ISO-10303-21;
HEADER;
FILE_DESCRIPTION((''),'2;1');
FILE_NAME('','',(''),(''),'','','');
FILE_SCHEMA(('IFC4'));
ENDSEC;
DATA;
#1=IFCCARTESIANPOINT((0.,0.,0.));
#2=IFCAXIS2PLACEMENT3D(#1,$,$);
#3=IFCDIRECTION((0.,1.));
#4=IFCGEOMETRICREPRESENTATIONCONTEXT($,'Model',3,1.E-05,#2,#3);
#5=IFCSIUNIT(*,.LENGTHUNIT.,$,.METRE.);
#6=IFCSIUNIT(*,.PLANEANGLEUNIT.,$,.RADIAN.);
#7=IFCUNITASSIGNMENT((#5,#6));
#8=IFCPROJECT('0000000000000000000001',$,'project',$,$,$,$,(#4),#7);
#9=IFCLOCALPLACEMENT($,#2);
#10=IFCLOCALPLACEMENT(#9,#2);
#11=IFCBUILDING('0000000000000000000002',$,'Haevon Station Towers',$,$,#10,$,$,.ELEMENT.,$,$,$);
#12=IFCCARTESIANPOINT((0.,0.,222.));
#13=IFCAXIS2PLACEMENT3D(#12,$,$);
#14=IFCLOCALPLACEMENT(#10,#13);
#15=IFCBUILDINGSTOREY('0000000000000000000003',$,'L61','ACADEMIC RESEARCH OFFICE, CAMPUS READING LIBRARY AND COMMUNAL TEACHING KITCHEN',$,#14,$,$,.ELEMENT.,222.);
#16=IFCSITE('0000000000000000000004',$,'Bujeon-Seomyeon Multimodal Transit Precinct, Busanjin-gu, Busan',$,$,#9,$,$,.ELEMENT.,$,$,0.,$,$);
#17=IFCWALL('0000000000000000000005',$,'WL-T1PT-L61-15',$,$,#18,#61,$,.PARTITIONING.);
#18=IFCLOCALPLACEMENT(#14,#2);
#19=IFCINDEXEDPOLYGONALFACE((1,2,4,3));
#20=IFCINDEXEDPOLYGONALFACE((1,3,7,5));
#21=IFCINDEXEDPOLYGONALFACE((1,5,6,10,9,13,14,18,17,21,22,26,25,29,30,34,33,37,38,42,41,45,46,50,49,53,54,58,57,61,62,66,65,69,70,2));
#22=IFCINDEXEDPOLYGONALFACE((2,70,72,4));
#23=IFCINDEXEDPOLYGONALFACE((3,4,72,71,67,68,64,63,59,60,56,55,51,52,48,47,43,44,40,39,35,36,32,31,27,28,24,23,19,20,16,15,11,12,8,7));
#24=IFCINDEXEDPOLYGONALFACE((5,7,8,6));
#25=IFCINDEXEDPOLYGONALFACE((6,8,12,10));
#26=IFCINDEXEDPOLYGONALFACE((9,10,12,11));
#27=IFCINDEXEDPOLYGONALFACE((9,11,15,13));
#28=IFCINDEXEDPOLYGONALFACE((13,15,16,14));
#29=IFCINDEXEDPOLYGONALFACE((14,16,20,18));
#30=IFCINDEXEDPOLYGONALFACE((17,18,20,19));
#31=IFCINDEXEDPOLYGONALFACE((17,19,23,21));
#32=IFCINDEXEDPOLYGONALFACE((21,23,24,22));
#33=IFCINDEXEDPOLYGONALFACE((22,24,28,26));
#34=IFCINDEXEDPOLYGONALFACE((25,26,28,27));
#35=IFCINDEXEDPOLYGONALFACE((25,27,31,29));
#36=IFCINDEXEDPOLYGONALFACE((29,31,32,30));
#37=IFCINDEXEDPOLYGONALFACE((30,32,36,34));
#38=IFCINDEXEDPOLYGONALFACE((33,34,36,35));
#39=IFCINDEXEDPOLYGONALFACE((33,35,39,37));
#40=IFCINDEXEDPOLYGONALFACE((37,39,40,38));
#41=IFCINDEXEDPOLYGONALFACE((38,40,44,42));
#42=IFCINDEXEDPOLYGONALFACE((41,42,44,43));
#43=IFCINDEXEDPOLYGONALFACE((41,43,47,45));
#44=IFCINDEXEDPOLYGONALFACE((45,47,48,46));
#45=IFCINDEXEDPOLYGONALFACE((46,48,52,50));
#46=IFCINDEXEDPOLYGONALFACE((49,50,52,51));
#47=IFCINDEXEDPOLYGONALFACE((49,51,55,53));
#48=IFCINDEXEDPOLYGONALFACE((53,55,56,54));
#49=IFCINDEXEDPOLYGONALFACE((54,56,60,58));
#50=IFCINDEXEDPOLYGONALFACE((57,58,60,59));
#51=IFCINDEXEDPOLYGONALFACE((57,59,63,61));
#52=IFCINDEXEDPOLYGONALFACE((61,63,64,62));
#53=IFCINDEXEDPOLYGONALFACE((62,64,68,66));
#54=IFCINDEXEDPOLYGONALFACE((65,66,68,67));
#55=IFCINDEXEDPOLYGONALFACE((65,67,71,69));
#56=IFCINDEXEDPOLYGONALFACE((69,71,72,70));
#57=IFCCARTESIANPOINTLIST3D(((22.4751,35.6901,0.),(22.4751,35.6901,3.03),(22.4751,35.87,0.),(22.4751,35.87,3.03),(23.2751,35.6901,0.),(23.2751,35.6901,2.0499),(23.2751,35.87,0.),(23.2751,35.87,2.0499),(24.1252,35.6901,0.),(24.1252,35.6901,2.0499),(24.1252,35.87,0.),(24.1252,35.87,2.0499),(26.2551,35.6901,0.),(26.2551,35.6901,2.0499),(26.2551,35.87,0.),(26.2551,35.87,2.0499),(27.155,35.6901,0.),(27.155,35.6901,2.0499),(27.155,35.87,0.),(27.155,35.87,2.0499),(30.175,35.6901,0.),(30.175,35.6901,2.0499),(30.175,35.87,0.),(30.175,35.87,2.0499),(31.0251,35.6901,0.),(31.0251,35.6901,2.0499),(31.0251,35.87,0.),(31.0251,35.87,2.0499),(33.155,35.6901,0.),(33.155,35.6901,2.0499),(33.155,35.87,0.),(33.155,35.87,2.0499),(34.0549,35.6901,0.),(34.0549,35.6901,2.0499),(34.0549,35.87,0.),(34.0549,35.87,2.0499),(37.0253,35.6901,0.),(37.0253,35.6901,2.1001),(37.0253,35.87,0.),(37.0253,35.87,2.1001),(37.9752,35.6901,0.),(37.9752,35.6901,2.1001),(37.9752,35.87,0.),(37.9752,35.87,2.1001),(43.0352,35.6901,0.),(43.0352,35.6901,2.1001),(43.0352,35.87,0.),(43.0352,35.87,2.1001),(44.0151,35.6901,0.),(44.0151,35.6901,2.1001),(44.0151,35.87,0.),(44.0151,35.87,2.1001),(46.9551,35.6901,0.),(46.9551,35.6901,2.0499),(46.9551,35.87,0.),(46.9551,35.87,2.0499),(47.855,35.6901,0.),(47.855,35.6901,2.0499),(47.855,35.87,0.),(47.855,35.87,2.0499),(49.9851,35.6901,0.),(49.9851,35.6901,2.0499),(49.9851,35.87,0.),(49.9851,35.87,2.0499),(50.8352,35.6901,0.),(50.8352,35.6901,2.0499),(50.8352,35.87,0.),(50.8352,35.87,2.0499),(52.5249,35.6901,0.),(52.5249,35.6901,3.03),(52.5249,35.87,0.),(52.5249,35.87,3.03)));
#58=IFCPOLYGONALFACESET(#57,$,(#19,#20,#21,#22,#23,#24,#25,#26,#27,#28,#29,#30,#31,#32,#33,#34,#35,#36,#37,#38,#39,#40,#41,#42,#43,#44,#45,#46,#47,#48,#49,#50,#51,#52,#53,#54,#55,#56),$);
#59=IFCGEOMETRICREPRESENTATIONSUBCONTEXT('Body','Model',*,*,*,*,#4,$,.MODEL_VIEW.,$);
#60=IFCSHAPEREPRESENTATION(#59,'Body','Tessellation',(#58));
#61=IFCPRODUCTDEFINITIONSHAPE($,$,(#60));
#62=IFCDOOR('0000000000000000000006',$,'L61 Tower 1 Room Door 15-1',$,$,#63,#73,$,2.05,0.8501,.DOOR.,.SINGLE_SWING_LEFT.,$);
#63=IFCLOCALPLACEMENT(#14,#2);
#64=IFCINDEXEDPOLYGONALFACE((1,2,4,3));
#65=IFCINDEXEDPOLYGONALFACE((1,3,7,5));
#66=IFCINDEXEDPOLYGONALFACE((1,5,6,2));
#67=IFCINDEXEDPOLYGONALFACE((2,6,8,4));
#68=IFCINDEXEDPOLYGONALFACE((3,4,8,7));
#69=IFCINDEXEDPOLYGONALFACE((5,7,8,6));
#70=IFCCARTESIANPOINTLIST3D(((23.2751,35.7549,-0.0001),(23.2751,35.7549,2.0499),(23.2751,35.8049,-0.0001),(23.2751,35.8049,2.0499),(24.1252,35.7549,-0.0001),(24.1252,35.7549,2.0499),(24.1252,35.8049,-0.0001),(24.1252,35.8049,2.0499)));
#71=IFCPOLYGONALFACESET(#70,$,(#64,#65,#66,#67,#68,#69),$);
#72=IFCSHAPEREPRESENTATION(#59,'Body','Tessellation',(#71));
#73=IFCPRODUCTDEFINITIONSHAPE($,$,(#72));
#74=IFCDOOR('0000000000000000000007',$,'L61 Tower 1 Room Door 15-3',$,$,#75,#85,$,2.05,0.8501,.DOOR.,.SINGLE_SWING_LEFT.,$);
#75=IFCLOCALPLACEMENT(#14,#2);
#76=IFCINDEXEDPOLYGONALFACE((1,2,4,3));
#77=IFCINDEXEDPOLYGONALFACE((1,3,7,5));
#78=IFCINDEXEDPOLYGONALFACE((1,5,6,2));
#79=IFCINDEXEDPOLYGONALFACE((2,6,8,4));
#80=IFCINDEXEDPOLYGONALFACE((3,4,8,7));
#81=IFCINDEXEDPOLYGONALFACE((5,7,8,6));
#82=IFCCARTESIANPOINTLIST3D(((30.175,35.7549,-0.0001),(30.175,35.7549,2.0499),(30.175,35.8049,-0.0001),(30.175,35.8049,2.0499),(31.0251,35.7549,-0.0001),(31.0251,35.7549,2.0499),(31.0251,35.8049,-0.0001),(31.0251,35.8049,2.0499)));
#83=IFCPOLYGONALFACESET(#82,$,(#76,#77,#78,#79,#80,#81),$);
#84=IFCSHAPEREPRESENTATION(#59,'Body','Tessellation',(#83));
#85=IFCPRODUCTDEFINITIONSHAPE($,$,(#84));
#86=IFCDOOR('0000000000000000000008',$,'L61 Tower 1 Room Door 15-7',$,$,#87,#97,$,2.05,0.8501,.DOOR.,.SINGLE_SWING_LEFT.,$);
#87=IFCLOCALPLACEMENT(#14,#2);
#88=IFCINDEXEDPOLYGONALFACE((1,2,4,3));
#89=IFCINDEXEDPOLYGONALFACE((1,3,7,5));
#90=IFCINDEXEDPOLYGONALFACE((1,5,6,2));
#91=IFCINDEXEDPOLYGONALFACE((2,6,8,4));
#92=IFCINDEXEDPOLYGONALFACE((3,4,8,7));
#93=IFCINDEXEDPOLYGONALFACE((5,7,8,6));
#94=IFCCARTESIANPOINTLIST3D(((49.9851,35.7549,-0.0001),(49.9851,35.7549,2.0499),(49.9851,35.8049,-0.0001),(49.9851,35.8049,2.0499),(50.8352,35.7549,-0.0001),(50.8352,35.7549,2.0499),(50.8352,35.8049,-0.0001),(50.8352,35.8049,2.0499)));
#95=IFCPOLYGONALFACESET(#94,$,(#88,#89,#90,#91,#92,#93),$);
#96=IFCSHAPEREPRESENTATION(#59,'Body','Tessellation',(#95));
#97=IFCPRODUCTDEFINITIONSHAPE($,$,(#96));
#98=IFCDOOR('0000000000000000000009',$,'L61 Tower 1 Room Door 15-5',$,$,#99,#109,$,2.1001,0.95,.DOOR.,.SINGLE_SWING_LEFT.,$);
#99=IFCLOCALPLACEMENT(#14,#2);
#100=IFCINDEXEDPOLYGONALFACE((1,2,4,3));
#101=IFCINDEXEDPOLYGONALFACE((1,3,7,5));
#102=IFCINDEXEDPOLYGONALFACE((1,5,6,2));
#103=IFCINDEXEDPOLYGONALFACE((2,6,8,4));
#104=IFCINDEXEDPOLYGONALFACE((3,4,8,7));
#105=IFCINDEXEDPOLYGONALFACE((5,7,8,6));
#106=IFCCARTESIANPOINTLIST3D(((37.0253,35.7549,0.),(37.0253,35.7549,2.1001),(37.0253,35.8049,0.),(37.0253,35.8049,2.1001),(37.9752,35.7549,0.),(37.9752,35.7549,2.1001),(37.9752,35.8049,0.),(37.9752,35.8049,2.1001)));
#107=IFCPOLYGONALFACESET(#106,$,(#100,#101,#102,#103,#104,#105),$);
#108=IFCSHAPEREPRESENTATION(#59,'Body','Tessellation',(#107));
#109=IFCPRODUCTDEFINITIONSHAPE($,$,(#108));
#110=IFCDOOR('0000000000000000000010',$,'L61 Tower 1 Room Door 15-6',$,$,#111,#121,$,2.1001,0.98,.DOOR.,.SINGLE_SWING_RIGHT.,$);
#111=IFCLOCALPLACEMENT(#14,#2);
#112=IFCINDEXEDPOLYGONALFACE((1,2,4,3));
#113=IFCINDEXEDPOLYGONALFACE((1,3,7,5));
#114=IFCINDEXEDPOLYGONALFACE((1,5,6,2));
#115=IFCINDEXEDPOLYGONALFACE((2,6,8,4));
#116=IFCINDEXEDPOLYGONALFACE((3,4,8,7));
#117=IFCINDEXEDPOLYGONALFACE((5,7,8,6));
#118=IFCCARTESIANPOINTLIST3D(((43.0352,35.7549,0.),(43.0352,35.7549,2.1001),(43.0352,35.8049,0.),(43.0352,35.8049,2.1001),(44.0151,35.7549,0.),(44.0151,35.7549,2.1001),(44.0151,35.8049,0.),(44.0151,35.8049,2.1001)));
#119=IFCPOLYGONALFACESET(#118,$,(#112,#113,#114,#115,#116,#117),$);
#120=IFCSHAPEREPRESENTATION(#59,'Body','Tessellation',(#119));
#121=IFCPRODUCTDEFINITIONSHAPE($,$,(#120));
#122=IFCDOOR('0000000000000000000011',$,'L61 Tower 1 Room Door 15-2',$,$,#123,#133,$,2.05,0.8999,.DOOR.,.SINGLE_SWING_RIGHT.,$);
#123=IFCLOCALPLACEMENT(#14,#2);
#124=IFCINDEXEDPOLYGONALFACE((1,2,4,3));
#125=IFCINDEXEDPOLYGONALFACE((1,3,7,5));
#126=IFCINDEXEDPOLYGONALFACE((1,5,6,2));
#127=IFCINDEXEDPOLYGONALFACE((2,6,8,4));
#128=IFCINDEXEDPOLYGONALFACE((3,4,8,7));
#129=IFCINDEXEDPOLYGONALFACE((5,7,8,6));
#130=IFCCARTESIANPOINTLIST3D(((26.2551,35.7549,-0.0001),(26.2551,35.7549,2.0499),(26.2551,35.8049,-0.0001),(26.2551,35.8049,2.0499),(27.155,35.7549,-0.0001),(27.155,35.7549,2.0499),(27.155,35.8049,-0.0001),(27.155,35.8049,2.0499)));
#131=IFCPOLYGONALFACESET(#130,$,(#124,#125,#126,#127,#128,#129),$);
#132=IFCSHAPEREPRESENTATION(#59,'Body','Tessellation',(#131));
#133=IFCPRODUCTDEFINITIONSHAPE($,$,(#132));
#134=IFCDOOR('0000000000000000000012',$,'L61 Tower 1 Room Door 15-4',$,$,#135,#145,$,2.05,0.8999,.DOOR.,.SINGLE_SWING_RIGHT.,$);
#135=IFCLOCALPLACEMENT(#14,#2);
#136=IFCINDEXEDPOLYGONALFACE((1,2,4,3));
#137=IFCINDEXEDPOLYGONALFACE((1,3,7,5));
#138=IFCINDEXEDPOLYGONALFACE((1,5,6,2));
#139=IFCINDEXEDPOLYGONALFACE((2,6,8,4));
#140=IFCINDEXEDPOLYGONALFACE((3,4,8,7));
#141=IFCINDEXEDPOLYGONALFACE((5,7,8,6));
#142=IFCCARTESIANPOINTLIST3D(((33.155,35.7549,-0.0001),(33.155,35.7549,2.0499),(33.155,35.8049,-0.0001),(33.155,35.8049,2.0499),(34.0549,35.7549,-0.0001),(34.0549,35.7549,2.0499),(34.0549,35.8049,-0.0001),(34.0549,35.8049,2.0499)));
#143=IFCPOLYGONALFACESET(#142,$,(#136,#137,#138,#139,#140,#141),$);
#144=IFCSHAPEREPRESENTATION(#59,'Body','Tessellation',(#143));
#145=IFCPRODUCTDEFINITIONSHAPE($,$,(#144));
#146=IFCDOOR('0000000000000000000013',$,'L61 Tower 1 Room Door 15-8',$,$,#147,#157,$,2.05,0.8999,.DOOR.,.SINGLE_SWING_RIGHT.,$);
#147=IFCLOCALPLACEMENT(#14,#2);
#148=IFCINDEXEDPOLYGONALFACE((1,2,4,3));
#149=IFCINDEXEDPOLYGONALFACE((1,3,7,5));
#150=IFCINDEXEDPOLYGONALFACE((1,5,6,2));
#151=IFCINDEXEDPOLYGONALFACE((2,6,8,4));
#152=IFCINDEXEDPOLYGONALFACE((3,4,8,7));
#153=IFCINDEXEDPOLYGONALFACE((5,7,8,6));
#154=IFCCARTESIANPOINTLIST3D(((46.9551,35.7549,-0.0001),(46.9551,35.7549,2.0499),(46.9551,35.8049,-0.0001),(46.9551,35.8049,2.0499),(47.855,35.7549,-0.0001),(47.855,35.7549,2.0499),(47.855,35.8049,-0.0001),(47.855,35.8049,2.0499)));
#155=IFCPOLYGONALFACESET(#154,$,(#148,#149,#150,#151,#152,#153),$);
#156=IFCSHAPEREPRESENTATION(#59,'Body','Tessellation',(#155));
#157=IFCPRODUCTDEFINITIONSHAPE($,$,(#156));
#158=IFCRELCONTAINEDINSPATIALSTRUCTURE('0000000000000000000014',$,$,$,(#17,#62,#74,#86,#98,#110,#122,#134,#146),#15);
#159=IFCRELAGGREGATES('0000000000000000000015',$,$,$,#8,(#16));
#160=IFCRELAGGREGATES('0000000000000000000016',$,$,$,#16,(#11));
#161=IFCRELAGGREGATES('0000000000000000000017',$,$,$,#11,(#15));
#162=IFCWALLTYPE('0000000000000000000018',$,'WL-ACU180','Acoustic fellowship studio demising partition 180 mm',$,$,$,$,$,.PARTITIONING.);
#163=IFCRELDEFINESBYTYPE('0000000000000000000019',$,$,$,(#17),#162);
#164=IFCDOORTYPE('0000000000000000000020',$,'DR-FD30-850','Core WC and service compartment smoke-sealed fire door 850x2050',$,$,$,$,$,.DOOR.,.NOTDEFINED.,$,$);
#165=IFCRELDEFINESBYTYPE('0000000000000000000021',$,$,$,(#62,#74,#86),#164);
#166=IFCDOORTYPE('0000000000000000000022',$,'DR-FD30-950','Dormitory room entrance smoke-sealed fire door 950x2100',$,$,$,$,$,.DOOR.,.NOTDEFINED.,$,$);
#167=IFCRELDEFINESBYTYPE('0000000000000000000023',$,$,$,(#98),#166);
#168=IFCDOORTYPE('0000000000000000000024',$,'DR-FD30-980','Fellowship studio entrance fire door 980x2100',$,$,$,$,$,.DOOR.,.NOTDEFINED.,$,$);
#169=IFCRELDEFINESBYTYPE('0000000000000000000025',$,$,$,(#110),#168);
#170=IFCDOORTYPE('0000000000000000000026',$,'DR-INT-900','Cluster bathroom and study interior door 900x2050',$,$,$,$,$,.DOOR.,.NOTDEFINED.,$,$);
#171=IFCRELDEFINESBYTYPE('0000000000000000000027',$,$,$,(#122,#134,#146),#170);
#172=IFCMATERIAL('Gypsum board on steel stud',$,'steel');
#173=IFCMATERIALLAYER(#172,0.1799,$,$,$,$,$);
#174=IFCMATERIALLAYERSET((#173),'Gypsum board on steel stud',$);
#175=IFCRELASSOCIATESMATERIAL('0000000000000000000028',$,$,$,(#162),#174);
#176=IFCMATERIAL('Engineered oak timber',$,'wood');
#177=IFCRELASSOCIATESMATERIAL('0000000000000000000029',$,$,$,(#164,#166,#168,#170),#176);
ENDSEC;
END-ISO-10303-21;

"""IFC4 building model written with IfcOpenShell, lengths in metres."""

from ifc_helpers import new_model, si_unit, direction, frame, frame_2d, origin, place, context, subcontext, project, spatial, rectangle, extrude, material, layer, layer_set, type_object, element, fill, save


model = new_model("IFC4")

# Units and contexts
model_context = context("Model", 3, precision=1e-05, world=origin(), true_north=direction((0.0, 1.0)))
body_context = subcontext(model_context, "Body", "Model", "MODEL_VIEW")
ifc_project = project(units=[si_unit("LENGTHUNIT", "METRE"), si_unit("PLANEANGLEUNIT", "RADIAN")], contexts=[model_context])

# Site, building, storey
site_placement = place(None, origin())
site = spatial("IfcSite", under=ifc_project, at=site_placement, Name="Bujeon-Seomyeon Multimodal Transit Precinct, Busanjin-gu, Busan", CompositionType="ELEMENT", RefElevation=0.0)
building_placement = place(site_placement, origin())
building = spatial("IfcBuilding", under=site, at=building_placement, Name="Haevon Station Towers", CompositionType="ELEMENT")
storey_placement = place(building_placement, frame((0.0, 0.0, 222.0)))
storey = spatial("IfcBuildingStorey", under=building, at=storey_placement, Name="L61", Description="ACADEMIC RESEARCH OFFICE, CAMPUS READING LIBRARY AND COMMUNAL TEACHING KITCHEN", CompositionType="ELEMENT", Elevation=222.0)

# Wall, openings, doors
ifc_material_1 = material(Name="Gypsum board on steel stud", Category="steel")
ifc_layer_1 = layer(ifc_material_1, 0.1799)
ifc_layer_set_1 = layer_set([ifc_layer_1], Name="Gypsum board on steel stud")
wall_type_1 = type_object("IfcWallType", Name="WL-ACU180", Description="Acoustic fellowship studio demising partition 180 mm", PredefinedType="PARTITIONING", material=ifc_layer_set_1)
wall_1_placement = place(storey_placement, frame((22.4751, 35.78, 0.0), z_axis=(0.0, 0.0, 1.0), x_axis=(1.0, 0.0, 0.0)))
wall_1 = element("IfcWall", 1, at=wall_1_placement, inside=storey, type_object=wall_type_1, Name="WL-T1PT-L61-15", PredefinedType="PARTITIONING", context=body_context, shape_type="SweptSolid", body=[
    extrude(rectangle(XDim=30.0498, YDim=0.1799, at=frame_2d((15.0249, 0.0))), origin(), (0.0, 0.0, 1.0), 3.03),
])
opening_1_placement = place(wall_1_placement, frame((0.8, 0.0, 0.0)))
opening_1 = element("IfcOpeningElement", 2, at=opening_1_placement, cuts=wall_1, PredefinedType="OPENING", context=body_context, shape_type="SweptSolid", body=[
    extrude(rectangle(XDim=0.8501, YDim=2.05, at=frame_2d((0.425, 1.0249))), frame((0.0, 0.0999, 0.0), z_axis=(0.0, -1.0, 0.0), x_axis=(1.0, 0.0, 0.0)), (0.0, 0.0, 1.0), 0.2),
])
opening_2_placement = place(wall_1_placement, frame((3.78, 0.0, 0.0)))
opening_2 = element("IfcOpeningElement", 3, at=opening_2_placement, cuts=wall_1, PredefinedType="OPENING", context=body_context, shape_type="SweptSolid", body=[
    extrude(rectangle(XDim=0.8999, YDim=2.05, at=frame_2d((0.45, 1.0249))), frame((0.0, 0.0999, 0.0), z_axis=(0.0, -1.0, 0.0), x_axis=(1.0, 0.0, 0.0)), (0.0, 0.0, 1.0), 0.2),
])
opening_3_placement = place(wall_1_placement, frame((7.7, 0.0, 0.0)))
opening_3 = element("IfcOpeningElement", 4, at=opening_3_placement, cuts=wall_1, PredefinedType="OPENING", context=body_context, shape_type="SweptSolid", body=[
    extrude(rectangle(XDim=0.8501, YDim=2.05, at=frame_2d((0.425, 1.0249))), frame((0.0, 0.0999, 0.0), z_axis=(0.0, -1.0, 0.0), x_axis=(1.0, 0.0, 0.0)), (0.0, 0.0, 1.0), 0.2),
])
opening_4_placement = place(wall_1_placement, frame((10.6799, 0.0, 0.0)))
opening_4 = element("IfcOpeningElement", 5, at=opening_4_placement, cuts=wall_1, PredefinedType="OPENING", context=body_context, shape_type="SweptSolid", body=[
    extrude(rectangle(XDim=0.8999, YDim=2.05, at=frame_2d((0.45, 1.0249))), frame((0.0, 0.0999, 0.0), z_axis=(0.0, -1.0, 0.0), x_axis=(1.0, 0.0, 0.0)), (0.0, 0.0, 1.0), 0.2),
])
opening_5_placement = place(wall_1_placement, frame((14.55, 0.0, 0.0)))
opening_5 = element("IfcOpeningElement", 6, at=opening_5_placement, cuts=wall_1, PredefinedType="OPENING", context=body_context, shape_type="SweptSolid", body=[
    extrude(rectangle(XDim=0.95, YDim=2.1001, at=frame_2d((0.4751, 1.05))), frame((0.0, 0.0999, 0.0), z_axis=(0.0, -1.0, 0.0), x_axis=(1.0, 0.0, 0.0)), (0.0, 0.0, 1.0), 0.2),
])
opening_6_placement = place(wall_1_placement, frame((20.5601, 0.0, 0.0)))
opening_6 = element("IfcOpeningElement", 7, at=opening_6_placement, cuts=wall_1, PredefinedType="OPENING", context=body_context, shape_type="SweptSolid", body=[
    extrude(rectangle(XDim=0.98, YDim=2.1001, at=frame_2d((0.49, 1.05))), frame((0.0, 0.0999, 0.0), z_axis=(0.0, -1.0, 0.0), x_axis=(1.0, 0.0, 0.0)), (0.0, 0.0, 1.0), 0.2),
])
opening_7_placement = place(wall_1_placement, frame((27.51, 0.0, 0.0)))
opening_7 = element("IfcOpeningElement", 8, at=opening_7_placement, cuts=wall_1, PredefinedType="OPENING", context=body_context, shape_type="SweptSolid", body=[
    extrude(rectangle(XDim=0.8501, YDim=2.05, at=frame_2d((0.425, 1.0249))), frame((0.0, 0.0999, 0.0), z_axis=(0.0, -1.0, 0.0), x_axis=(1.0, 0.0, 0.0)), (0.0, 0.0, 1.0), 0.2),
])
opening_8_placement = place(wall_1_placement, frame((24.48, 0.0, 0.0)))
opening_8 = element("IfcOpeningElement", 9, at=opening_8_placement, cuts=wall_1, PredefinedType="OPENING", context=body_context, shape_type="SweptSolid", body=[
    extrude(rectangle(XDim=0.8999, YDim=2.05, at=frame_2d((0.45, 1.0249))), frame((0.0, 0.0999, 0.0), z_axis=(0.0, -1.0, 0.0), x_axis=(1.0, 0.0, 0.0)), (0.0, 0.0, 1.0), 0.2),
])
ifc_material_2 = material(Name="Engineered oak timber", Category="wood")
door_type_1 = type_object("IfcDoorType", Name="DR-FD30-850", Description="Core WC and service compartment smoke-sealed fire door 850x2050", OperationType="NOTDEFINED", PredefinedType="DOOR", material=ifc_material_2)
door_1_placement = place(opening_1_placement, origin())
door_1 = element("IfcDoor", 10, at=door_1_placement, inside=storey, type_object=door_type_1, Name="L61 Tower 1 Room Door 15-1", OperationType="SINGLE_SWING_LEFT", OverallHeight=2.05, OverallWidth=0.8501, PredefinedType="DOOR", context=body_context, shape_type="SweptSolid", body=[
    extrude(rectangle(XDim=0.8501, YDim=2.05, at=frame_2d((0.425, 1.0249))), frame((0.0, 0.0249, 0.0), z_axis=(0.0, -1.0, 0.0), x_axis=(1.0, 0.0, 0.0)), (0.0, 0.0, 1.0), 0.05),
])
fill(opening_1, door_1)
door_2_placement = place(opening_3_placement, origin())
door_2 = element("IfcDoor", 11, at=door_2_placement, inside=storey, type_object=door_type_1, Name="L61 Tower 1 Room Door 15-3", OperationType="SINGLE_SWING_LEFT", OverallHeight=2.05, OverallWidth=0.8501, PredefinedType="DOOR", context=body_context, shape_type="SweptSolid", body=[
    extrude(rectangle(XDim=0.8501, YDim=2.05, at=frame_2d((0.425, 1.0249))), frame((0.0, 0.0249, 0.0), z_axis=(0.0, -1.0, 0.0), x_axis=(1.0, 0.0, 0.0)), (0.0, 0.0, 1.0), 0.05),
])
fill(opening_3, door_2)
door_3_placement = place(opening_7_placement, origin())
door_3 = element("IfcDoor", 12, at=door_3_placement, inside=storey, type_object=door_type_1, Name="L61 Tower 1 Room Door 15-7", OperationType="SINGLE_SWING_LEFT", OverallHeight=2.05, OverallWidth=0.8501, PredefinedType="DOOR", context=body_context, shape_type="SweptSolid", body=[
    extrude(rectangle(XDim=0.8501, YDim=2.05, at=frame_2d((0.425, 1.0249))), frame((0.0, 0.0249, 0.0), z_axis=(0.0, -1.0, 0.0), x_axis=(1.0, 0.0, 0.0)), (0.0, 0.0, 1.0), 0.05),
])
fill(opening_7, door_3)
door_type_2 = type_object("IfcDoorType", Name="DR-FD30-950", Description="Dormitory room entrance smoke-sealed fire door 950x2100", OperationType="NOTDEFINED", PredefinedType="DOOR", material=ifc_material_2)
door_4_placement = place(opening_5_placement, origin())
door_4 = element("IfcDoor", 13, at=door_4_placement, inside=storey, type_object=door_type_2, Name="L61 Tower 1 Room Door 15-5", OperationType="SINGLE_SWING_LEFT", OverallHeight=2.1001, OverallWidth=0.95, PredefinedType="DOOR", context=body_context, shape_type="SweptSolid", body=[
    extrude(rectangle(XDim=0.95, YDim=2.1001, at=frame_2d((0.4751, 1.05))), frame((0.0, 0.0249, 0.0), z_axis=(0.0, -1.0, 0.0), x_axis=(1.0, 0.0, 0.0)), (0.0, 0.0, 1.0), 0.05),
])
fill(opening_5, door_4)
door_type_3 = type_object("IfcDoorType", Name="DR-FD30-980", Description="Fellowship studio entrance fire door 980x2100", OperationType="NOTDEFINED", PredefinedType="DOOR", material=ifc_material_2)
door_5_placement = place(opening_6_placement, origin())
door_5 = element("IfcDoor", 14, at=door_5_placement, inside=storey, type_object=door_type_3, Name="L61 Tower 1 Room Door 15-6", OperationType="SINGLE_SWING_RIGHT", OverallHeight=2.1001, OverallWidth=0.98, PredefinedType="DOOR", context=body_context, shape_type="SweptSolid", body=[
    extrude(rectangle(XDim=0.98, YDim=2.1001, at=frame_2d((0.49, 1.05))), frame((0.0, 0.0249, 0.0), z_axis=(0.0, -1.0, 0.0), x_axis=(1.0, 0.0, 0.0)), (0.0, 0.0, 1.0), 0.05),
])
fill(opening_6, door_5)
door_type_4 = type_object("IfcDoorType", Name="DR-INT-900", Description="Cluster bathroom and study interior door 900x2050", OperationType="NOTDEFINED", PredefinedType="DOOR", material=ifc_material_2)
door_6_placement = place(opening_2_placement, origin())
door_6 = element("IfcDoor", 15, at=door_6_placement, inside=storey, type_object=door_type_4, Name="L61 Tower 1 Room Door 15-2", OperationType="SINGLE_SWING_RIGHT", OverallHeight=2.05, OverallWidth=0.8999, PredefinedType="DOOR", context=body_context, shape_type="SweptSolid", body=[
    extrude(rectangle(XDim=0.8999, YDim=2.05, at=frame_2d((0.45, 1.0249))), frame((0.0, 0.0249, 0.0), z_axis=(0.0, -1.0, 0.0), x_axis=(1.0, 0.0, 0.0)), (0.0, 0.0, 1.0), 0.05),
])
fill(opening_2, door_6)
door_7_placement = place(opening_4_placement, origin())
door_7 = element("IfcDoor", 16, at=door_7_placement, inside=storey, type_object=door_type_4, Name="L61 Tower 1 Room Door 15-4", OperationType="SINGLE_SWING_RIGHT", OverallHeight=2.05, OverallWidth=0.8999, PredefinedType="DOOR", context=body_context, shape_type="SweptSolid", body=[
    extrude(rectangle(XDim=0.8999, YDim=2.05, at=frame_2d((0.45, 1.0249))), frame((0.0, 0.0249, 0.0), z_axis=(0.0, -1.0, 0.0), x_axis=(1.0, 0.0, 0.0)), (0.0, 0.0, 1.0), 0.05),
])
fill(opening_4, door_7)
door_8_placement = place(opening_8_placement, origin())
door_8 = element("IfcDoor", 17, at=door_8_placement, inside=storey, type_object=door_type_4, Name="L61 Tower 1 Room Door 15-8", OperationType="SINGLE_SWING_RIGHT", OverallHeight=2.05, OverallWidth=0.8999, PredefinedType="DOOR", context=body_context, shape_type="SweptSolid", body=[
    extrude(rectangle(XDim=0.8999, YDim=2.05, at=frame_2d((0.45, 1.0249))), frame((0.0, 0.0249, 0.0), z_axis=(0.0, -1.0, 0.0), x_axis=(1.0, 0.0, 0.0)), (0.0, 0.0, 1.0), 0.05),
])
fill(opening_8, door_8)

save(model, "model.ifc")
